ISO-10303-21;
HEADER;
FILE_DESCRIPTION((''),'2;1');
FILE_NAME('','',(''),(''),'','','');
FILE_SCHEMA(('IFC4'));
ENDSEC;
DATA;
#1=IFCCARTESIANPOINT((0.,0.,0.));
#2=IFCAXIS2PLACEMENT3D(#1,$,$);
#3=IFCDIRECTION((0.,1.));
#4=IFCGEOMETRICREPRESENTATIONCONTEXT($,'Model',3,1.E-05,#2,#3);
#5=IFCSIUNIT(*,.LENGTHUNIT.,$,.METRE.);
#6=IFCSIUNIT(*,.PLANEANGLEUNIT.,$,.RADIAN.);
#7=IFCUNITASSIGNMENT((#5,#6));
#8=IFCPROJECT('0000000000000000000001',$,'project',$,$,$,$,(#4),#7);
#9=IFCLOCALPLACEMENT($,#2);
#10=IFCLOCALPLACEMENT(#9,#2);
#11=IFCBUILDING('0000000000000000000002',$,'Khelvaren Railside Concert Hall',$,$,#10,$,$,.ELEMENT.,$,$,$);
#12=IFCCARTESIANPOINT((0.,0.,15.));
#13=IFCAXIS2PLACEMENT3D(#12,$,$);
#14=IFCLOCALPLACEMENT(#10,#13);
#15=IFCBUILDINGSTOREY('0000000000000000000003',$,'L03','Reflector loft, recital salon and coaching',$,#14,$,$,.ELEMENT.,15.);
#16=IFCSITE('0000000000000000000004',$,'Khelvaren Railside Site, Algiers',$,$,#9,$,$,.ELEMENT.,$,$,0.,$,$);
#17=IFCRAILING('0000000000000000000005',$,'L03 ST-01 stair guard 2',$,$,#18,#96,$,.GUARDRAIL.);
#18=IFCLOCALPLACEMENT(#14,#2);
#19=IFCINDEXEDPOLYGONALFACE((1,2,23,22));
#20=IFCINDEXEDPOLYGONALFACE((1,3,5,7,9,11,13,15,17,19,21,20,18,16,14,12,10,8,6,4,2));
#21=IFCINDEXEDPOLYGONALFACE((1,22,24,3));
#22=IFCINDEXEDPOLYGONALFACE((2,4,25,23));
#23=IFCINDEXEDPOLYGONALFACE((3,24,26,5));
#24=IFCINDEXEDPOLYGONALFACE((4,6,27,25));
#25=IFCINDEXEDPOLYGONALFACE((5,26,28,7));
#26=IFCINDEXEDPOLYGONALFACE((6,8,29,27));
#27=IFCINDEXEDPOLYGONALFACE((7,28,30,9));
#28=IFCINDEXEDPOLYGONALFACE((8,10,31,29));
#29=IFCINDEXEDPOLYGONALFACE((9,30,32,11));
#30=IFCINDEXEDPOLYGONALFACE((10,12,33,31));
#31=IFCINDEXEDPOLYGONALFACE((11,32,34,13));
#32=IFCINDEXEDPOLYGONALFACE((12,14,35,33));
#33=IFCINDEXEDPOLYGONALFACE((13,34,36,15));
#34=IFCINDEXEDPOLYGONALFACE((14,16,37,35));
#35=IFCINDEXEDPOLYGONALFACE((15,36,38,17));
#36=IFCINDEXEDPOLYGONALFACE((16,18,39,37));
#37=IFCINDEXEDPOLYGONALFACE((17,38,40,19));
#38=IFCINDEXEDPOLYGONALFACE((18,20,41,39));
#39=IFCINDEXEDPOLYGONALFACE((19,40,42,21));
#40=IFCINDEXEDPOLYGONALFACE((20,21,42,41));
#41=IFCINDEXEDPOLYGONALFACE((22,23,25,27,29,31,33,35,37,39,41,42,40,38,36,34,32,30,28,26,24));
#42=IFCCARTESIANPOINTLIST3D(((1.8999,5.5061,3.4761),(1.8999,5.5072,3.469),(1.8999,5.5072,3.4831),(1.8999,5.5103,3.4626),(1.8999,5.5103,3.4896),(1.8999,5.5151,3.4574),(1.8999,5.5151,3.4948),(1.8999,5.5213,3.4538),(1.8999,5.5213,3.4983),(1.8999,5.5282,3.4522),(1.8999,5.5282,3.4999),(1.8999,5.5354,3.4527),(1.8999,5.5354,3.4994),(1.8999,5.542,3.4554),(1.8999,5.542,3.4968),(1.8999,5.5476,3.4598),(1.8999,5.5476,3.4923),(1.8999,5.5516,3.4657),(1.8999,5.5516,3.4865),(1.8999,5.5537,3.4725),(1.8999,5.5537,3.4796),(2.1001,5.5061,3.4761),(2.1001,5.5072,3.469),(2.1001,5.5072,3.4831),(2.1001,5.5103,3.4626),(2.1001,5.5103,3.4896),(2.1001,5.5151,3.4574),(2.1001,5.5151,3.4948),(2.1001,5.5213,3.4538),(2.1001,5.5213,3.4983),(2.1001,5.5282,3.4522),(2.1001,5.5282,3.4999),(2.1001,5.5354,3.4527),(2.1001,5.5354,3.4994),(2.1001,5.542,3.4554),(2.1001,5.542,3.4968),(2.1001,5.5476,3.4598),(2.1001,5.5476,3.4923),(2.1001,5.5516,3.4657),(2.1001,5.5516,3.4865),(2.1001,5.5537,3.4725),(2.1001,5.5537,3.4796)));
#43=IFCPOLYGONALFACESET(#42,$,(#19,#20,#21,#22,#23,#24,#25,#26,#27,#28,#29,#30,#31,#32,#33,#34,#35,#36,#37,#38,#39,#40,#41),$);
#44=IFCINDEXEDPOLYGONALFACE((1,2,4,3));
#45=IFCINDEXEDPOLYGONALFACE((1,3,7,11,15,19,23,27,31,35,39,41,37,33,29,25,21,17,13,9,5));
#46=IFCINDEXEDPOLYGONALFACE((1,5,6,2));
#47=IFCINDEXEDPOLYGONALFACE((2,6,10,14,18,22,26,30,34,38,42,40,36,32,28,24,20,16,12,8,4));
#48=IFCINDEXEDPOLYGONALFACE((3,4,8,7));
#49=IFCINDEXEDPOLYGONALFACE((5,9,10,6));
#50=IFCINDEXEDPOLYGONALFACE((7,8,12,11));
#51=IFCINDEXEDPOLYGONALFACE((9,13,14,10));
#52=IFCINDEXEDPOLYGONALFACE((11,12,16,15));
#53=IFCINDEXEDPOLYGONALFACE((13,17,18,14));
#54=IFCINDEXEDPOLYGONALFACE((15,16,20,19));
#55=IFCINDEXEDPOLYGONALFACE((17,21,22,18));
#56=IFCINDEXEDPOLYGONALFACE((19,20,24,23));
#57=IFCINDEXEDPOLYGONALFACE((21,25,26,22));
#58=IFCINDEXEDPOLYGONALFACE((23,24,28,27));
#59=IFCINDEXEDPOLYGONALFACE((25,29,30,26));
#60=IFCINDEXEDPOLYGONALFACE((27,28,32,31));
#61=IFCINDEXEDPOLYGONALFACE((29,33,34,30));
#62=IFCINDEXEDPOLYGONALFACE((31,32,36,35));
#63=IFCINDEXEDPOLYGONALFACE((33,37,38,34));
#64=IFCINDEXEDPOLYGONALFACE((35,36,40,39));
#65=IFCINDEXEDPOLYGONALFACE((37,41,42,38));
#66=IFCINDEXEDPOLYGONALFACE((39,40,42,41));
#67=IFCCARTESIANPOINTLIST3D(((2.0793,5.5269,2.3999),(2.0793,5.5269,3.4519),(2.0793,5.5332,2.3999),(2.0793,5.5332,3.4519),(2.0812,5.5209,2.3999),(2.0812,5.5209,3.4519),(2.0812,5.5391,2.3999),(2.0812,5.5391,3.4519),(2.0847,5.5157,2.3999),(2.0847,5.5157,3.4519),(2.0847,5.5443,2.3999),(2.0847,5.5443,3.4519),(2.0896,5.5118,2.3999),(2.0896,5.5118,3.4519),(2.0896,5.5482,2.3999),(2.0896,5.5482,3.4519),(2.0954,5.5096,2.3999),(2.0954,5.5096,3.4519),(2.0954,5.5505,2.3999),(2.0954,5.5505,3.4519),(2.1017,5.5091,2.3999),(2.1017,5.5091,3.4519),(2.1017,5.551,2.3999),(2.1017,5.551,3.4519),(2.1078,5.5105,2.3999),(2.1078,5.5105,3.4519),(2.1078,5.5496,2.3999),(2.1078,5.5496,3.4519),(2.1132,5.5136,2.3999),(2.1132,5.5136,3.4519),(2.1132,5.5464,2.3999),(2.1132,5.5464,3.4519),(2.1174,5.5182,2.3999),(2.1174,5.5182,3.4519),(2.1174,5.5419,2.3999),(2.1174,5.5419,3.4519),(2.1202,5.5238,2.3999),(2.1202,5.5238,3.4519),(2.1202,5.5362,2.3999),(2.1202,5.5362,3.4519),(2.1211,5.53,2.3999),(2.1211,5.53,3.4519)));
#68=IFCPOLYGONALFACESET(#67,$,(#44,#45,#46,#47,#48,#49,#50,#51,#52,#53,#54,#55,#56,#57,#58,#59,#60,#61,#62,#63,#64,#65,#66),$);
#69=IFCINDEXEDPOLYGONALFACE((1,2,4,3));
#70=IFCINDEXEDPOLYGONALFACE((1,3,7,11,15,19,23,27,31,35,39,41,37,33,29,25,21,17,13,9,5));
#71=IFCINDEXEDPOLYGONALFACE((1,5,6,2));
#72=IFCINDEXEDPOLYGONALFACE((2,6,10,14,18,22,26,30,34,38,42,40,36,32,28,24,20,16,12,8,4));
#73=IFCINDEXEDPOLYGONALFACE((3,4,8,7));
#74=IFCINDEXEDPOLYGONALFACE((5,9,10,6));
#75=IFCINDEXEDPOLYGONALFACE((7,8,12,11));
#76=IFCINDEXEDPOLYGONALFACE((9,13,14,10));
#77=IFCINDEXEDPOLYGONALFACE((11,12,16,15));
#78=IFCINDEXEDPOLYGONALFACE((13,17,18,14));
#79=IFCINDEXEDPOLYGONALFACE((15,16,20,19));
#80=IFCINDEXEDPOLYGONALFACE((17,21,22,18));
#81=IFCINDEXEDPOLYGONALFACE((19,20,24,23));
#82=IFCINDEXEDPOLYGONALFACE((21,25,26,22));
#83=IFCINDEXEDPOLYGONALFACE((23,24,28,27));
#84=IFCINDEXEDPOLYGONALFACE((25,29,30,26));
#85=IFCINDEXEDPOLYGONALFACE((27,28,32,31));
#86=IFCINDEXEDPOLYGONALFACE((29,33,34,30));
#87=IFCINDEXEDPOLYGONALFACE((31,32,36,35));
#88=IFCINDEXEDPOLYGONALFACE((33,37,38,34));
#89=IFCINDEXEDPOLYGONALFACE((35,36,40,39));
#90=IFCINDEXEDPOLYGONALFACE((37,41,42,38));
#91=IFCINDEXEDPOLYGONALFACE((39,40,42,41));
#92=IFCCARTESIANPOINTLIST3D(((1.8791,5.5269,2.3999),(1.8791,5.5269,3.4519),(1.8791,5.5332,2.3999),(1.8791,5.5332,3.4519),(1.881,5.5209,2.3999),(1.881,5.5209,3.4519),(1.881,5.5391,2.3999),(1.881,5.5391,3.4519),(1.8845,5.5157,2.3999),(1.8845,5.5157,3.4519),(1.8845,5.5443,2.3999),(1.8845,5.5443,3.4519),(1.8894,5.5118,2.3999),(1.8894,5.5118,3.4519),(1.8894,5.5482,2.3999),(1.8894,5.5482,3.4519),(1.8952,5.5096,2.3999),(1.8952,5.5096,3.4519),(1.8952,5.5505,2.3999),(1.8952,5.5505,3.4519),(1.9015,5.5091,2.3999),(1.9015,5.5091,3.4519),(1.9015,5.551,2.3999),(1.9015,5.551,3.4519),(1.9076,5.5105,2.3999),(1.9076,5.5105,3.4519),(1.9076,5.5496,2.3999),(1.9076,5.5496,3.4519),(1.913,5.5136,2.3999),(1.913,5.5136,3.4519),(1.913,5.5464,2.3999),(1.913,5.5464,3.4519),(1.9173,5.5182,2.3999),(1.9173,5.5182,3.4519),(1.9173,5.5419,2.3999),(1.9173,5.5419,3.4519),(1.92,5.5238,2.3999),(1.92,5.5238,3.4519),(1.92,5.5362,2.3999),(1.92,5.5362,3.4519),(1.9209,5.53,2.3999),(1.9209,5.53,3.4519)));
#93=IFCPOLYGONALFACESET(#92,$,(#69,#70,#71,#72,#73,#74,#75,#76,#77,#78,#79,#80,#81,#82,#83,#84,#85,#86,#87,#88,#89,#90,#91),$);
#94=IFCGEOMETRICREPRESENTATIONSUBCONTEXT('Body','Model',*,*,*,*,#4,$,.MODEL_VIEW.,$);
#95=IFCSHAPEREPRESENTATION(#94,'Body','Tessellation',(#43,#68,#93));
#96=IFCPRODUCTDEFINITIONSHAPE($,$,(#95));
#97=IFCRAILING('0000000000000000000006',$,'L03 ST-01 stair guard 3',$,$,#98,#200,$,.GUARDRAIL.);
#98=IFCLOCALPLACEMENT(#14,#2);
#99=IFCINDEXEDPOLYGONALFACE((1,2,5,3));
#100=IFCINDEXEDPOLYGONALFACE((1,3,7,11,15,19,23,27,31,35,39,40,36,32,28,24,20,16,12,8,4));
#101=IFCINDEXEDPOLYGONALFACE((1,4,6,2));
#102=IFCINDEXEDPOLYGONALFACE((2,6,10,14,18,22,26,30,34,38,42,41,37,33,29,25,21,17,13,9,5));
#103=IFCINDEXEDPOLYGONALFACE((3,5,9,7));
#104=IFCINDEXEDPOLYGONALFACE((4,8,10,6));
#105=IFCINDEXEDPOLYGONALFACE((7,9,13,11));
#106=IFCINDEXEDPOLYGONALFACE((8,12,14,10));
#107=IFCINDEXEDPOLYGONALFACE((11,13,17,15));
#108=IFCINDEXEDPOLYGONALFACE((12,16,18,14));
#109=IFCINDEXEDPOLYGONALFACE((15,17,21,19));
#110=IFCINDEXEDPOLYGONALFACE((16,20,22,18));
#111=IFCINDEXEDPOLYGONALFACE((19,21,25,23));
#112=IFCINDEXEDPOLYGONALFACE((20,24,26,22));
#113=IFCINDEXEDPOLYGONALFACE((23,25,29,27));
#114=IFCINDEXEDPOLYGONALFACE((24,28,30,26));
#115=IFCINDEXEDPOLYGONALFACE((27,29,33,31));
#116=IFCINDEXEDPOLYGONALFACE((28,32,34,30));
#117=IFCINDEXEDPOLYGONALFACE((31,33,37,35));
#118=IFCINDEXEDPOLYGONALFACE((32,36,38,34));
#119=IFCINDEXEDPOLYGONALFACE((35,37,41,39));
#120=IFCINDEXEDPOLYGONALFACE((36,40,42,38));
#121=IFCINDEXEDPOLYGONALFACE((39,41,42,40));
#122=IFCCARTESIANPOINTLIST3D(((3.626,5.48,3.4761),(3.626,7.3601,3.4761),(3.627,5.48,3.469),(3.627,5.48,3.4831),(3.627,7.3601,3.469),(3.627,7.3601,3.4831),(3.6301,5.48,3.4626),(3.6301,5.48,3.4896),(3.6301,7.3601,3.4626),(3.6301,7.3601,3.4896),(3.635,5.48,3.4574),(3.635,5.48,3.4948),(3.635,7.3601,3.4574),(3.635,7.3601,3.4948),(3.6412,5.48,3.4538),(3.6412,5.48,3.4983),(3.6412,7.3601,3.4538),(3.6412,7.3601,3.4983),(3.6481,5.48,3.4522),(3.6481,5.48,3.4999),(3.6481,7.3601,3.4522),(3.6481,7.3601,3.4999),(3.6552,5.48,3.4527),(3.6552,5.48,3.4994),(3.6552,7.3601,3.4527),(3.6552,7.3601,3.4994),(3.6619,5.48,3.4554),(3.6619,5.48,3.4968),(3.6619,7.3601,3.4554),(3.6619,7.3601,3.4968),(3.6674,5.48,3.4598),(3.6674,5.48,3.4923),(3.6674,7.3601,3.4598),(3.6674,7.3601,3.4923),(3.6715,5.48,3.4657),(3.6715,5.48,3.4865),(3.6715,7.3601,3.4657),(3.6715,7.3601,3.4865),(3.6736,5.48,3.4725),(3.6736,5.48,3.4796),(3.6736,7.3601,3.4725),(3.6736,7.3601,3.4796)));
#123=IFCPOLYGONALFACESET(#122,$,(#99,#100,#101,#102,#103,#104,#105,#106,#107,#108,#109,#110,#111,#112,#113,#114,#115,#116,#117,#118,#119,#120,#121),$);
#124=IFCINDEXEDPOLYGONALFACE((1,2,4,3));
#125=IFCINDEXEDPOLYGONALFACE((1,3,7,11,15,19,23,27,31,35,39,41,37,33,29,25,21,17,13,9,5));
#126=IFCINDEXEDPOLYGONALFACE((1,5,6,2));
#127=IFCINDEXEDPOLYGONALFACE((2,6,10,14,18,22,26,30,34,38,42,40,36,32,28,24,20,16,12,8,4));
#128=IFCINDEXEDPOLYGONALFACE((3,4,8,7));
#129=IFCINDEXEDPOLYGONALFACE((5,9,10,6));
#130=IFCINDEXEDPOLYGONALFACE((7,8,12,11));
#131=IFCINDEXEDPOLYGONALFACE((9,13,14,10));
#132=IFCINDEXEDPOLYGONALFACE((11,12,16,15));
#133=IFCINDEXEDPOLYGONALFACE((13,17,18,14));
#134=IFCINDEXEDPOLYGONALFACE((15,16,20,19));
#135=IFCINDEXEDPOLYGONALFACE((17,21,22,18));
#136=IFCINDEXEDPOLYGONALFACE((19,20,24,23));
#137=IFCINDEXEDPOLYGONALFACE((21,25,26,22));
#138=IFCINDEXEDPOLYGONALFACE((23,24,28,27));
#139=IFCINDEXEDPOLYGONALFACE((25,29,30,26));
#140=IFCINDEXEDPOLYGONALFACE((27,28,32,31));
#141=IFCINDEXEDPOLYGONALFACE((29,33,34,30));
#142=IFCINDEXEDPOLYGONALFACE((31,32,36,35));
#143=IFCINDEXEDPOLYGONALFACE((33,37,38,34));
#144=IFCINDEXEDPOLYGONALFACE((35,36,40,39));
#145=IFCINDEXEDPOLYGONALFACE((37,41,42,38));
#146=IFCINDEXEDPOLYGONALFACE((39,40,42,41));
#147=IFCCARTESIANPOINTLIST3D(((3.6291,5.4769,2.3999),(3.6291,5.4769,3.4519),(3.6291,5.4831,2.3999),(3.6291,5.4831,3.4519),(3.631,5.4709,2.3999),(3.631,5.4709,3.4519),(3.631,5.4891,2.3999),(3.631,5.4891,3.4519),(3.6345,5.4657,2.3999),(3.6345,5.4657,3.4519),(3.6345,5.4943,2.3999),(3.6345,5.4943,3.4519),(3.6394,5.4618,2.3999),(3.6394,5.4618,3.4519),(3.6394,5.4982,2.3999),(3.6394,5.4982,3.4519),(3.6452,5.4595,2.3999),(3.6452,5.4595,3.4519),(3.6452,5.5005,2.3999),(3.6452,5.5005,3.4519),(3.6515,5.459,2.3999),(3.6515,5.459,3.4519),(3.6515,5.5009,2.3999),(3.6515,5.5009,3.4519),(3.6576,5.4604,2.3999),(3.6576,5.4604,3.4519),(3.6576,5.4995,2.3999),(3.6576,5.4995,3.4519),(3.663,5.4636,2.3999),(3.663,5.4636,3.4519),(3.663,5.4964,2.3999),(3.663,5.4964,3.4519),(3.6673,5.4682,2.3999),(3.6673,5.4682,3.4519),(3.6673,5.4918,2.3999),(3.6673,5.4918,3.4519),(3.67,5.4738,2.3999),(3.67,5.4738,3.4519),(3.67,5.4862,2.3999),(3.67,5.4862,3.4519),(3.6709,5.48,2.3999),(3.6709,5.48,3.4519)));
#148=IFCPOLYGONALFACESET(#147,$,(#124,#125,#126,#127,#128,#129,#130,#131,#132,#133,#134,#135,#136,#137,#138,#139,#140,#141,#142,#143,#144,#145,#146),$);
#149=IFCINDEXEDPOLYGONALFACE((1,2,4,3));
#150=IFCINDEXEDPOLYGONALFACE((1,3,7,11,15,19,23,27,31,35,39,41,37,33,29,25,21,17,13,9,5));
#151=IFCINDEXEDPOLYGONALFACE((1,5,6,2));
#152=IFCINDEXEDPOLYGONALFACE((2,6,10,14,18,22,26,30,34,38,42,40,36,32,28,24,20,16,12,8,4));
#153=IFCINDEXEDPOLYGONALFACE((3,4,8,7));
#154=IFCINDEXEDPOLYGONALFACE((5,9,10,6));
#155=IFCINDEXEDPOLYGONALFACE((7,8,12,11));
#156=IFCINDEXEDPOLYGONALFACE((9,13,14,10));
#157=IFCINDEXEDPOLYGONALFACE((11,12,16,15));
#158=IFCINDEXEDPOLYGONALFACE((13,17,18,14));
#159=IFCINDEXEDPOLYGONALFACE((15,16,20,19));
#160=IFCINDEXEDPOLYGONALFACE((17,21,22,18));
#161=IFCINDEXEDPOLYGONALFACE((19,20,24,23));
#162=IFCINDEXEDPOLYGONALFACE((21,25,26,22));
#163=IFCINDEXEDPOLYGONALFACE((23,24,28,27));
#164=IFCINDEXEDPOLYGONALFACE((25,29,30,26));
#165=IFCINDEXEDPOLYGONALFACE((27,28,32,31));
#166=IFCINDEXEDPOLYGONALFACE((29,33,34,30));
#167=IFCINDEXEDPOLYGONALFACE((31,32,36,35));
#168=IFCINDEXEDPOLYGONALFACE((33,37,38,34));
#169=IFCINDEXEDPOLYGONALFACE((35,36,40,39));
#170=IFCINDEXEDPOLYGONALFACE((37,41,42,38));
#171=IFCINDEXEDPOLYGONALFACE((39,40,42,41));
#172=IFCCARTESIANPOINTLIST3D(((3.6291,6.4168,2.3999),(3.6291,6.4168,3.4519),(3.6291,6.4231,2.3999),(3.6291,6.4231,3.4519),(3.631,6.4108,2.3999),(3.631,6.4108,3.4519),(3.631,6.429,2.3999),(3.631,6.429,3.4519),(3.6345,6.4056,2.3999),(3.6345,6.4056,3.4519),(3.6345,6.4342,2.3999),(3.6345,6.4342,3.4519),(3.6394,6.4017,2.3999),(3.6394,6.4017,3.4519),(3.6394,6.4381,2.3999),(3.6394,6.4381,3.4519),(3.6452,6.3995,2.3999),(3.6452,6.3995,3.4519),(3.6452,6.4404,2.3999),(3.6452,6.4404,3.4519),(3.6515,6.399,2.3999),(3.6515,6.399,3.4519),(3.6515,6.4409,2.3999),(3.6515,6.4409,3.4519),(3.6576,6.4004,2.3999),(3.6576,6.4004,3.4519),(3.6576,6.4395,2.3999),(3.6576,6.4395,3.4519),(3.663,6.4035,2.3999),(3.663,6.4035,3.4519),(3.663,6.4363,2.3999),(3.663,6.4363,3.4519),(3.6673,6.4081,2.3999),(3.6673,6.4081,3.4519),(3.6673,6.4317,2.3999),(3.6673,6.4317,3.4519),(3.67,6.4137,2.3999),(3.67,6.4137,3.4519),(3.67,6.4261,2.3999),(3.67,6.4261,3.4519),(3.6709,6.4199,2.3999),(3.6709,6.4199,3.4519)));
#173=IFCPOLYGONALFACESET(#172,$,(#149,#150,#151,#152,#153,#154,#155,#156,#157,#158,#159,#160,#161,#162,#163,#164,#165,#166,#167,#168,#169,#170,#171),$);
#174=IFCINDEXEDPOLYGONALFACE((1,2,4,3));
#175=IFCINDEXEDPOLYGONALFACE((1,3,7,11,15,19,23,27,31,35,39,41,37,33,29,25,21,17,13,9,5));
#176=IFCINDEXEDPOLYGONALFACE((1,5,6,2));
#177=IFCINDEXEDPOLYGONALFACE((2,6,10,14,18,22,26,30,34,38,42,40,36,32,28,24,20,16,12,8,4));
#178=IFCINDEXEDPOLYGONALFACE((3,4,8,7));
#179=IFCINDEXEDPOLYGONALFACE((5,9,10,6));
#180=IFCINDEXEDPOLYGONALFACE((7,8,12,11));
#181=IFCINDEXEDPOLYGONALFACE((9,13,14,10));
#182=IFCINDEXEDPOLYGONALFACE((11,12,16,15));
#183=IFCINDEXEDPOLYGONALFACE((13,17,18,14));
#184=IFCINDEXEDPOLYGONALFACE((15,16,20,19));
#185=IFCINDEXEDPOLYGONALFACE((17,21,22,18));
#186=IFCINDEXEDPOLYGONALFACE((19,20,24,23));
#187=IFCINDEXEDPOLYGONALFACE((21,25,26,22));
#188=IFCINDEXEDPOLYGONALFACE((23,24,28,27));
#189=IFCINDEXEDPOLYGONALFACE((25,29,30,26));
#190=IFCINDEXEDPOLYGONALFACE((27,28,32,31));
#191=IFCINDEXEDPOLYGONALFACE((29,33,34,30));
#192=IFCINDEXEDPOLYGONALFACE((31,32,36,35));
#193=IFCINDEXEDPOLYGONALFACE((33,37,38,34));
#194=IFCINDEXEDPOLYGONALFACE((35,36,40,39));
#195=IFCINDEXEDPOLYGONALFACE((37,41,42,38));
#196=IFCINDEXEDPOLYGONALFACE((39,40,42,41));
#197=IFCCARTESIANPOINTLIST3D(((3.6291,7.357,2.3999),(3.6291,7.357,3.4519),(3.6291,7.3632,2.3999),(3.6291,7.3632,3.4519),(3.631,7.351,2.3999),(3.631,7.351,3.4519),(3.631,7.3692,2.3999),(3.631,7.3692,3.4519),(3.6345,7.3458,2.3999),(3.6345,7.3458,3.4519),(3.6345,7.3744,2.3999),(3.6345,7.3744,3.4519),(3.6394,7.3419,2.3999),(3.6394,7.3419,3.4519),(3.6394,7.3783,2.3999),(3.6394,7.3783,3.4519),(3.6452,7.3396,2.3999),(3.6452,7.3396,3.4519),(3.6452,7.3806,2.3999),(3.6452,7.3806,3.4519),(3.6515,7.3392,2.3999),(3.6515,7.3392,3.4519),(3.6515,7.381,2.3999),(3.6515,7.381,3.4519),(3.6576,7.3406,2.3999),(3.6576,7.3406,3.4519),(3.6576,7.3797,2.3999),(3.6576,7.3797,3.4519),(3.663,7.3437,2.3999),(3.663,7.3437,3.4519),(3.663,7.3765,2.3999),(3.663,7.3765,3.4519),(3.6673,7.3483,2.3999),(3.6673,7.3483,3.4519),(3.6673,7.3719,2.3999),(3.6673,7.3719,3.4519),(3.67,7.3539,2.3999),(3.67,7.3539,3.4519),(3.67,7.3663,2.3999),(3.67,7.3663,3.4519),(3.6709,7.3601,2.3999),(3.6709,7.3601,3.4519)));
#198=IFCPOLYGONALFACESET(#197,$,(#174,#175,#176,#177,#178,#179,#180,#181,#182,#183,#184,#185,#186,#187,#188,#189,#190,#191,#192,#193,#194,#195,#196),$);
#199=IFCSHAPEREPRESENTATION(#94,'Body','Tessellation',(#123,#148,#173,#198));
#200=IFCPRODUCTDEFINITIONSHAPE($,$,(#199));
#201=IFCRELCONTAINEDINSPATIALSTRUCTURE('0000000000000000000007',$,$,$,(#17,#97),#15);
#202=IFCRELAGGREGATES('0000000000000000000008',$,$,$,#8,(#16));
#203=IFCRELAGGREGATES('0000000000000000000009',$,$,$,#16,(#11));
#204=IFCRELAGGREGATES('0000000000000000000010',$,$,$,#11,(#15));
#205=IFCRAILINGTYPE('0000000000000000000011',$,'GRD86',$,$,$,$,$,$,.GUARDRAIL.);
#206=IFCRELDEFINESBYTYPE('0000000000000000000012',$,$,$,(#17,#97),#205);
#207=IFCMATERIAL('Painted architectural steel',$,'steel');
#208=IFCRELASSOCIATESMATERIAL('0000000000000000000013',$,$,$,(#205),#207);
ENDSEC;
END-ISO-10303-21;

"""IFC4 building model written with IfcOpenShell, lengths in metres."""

from ifc_helpers import new_model, si_unit, direction, frame, origin, origin_2d, place, context, subcontext, project, spatial, circle, extrude, material, type_object, element, save


model = new_model("IFC4")

# Units and contexts
model_context = context("Model", 3, precision=1e-05, world=origin(), true_north=direction((0.0, 1.0)))
body_context = subcontext(model_context, "Body", "Model", "MODEL_VIEW")
ifc_project = project(units=[si_unit("LENGTHUNIT", "METRE"), si_unit("PLANEANGLEUNIT", "RADIAN")], contexts=[model_context])

# Site, building, storey
site_placement = place(None, origin())
site = spatial("IfcSite", under=ifc_project, at=site_placement, Name="Khelvaren Railside Site, Algiers", CompositionType="ELEMENT", RefElevation=0.0)
building_placement = place(site_placement, origin())
building = spatial("IfcBuilding", under=site, at=building_placement, Name="Khelvaren Railside Concert Hall", CompositionType="ELEMENT")
storey_placement = place(building_placement, frame((0.0, 0.0, 15.0)))
storey = spatial("IfcBuildingStorey", under=building, at=storey_placement, Name="L03", Description="Reflector loft, recital salon and coaching", CompositionType="ELEMENT", Elevation=15.0)

# Railings
ifc_material_1 = material(Name="Painted architectural steel", Category="steel")
railing_type_1 = type_object("IfcRailingType", Name="GRD86", PredefinedType="GUARDRAIL", material=ifc_material_1)
railing_1_placement = place(storey_placement, frame((2.1001, 5.53, 2.3999)))
element("IfcRailing", 1, at=railing_1_placement, inside=storey, type_object=railing_type_1, Name="L03 ST-01 stair guard 2", PredefinedType="GUARDRAIL", context=body_context, shape_type="SweptSolid", body=[
    extrude(circle(Radius=0.0239, at=origin_2d()), frame((0.0, 0.0, 1.0762), z_axis=(-1.0, 0.0, 0.0), x_axis=(0.0, -1.0, 0.0)), (0.0, 0.0, 1.0), 0.2002),
    extrude(circle(Radius=0.021, at=origin_2d()), origin(), (0.0, 0.0, 1.0), 1.052),
    extrude(circle(Radius=0.021, at=origin_2d()), frame((-0.2002, 0.0, 0.0)), (0.0, 0.0, 1.0), 1.052),
])
for number, where, name in (
    (2, (3.6499, 5.48, 2.3999), "L03 ST-01 stair guard 3"),
):
    element("IfcRailing", number, at=place(storey_placement, frame(where)), inside=storey, type_object=railing_type_1, Name=name, PredefinedType="GUARDRAIL", context=body_context, shape_type="SweptSolid", body=[
        extrude(circle(Radius=0.0239, at=origin_2d()), frame((0.0, 0.0, 1.0762), z_axis=(0.0, 1.0, 0.0), x_axis=(-1.0, 0.0, 0.0)), (0.0, 0.0, 1.0), 1.8801),
        extrude(circle(Radius=0.021, at=origin_2d()), origin(), (0.0, 0.0, 1.0), 1.052),
        extrude(circle(Radius=0.021, at=origin_2d()), frame((0.0, 0.9399, 0.0)), (0.0, 0.0, 1.0), 1.052),
        extrude(circle(Radius=0.021, at=origin_2d()), frame((0.0, 1.8801, 0.0)), (0.0, 0.0, 1.0), 1.052),
    ])

save(model, "model.ifc")
